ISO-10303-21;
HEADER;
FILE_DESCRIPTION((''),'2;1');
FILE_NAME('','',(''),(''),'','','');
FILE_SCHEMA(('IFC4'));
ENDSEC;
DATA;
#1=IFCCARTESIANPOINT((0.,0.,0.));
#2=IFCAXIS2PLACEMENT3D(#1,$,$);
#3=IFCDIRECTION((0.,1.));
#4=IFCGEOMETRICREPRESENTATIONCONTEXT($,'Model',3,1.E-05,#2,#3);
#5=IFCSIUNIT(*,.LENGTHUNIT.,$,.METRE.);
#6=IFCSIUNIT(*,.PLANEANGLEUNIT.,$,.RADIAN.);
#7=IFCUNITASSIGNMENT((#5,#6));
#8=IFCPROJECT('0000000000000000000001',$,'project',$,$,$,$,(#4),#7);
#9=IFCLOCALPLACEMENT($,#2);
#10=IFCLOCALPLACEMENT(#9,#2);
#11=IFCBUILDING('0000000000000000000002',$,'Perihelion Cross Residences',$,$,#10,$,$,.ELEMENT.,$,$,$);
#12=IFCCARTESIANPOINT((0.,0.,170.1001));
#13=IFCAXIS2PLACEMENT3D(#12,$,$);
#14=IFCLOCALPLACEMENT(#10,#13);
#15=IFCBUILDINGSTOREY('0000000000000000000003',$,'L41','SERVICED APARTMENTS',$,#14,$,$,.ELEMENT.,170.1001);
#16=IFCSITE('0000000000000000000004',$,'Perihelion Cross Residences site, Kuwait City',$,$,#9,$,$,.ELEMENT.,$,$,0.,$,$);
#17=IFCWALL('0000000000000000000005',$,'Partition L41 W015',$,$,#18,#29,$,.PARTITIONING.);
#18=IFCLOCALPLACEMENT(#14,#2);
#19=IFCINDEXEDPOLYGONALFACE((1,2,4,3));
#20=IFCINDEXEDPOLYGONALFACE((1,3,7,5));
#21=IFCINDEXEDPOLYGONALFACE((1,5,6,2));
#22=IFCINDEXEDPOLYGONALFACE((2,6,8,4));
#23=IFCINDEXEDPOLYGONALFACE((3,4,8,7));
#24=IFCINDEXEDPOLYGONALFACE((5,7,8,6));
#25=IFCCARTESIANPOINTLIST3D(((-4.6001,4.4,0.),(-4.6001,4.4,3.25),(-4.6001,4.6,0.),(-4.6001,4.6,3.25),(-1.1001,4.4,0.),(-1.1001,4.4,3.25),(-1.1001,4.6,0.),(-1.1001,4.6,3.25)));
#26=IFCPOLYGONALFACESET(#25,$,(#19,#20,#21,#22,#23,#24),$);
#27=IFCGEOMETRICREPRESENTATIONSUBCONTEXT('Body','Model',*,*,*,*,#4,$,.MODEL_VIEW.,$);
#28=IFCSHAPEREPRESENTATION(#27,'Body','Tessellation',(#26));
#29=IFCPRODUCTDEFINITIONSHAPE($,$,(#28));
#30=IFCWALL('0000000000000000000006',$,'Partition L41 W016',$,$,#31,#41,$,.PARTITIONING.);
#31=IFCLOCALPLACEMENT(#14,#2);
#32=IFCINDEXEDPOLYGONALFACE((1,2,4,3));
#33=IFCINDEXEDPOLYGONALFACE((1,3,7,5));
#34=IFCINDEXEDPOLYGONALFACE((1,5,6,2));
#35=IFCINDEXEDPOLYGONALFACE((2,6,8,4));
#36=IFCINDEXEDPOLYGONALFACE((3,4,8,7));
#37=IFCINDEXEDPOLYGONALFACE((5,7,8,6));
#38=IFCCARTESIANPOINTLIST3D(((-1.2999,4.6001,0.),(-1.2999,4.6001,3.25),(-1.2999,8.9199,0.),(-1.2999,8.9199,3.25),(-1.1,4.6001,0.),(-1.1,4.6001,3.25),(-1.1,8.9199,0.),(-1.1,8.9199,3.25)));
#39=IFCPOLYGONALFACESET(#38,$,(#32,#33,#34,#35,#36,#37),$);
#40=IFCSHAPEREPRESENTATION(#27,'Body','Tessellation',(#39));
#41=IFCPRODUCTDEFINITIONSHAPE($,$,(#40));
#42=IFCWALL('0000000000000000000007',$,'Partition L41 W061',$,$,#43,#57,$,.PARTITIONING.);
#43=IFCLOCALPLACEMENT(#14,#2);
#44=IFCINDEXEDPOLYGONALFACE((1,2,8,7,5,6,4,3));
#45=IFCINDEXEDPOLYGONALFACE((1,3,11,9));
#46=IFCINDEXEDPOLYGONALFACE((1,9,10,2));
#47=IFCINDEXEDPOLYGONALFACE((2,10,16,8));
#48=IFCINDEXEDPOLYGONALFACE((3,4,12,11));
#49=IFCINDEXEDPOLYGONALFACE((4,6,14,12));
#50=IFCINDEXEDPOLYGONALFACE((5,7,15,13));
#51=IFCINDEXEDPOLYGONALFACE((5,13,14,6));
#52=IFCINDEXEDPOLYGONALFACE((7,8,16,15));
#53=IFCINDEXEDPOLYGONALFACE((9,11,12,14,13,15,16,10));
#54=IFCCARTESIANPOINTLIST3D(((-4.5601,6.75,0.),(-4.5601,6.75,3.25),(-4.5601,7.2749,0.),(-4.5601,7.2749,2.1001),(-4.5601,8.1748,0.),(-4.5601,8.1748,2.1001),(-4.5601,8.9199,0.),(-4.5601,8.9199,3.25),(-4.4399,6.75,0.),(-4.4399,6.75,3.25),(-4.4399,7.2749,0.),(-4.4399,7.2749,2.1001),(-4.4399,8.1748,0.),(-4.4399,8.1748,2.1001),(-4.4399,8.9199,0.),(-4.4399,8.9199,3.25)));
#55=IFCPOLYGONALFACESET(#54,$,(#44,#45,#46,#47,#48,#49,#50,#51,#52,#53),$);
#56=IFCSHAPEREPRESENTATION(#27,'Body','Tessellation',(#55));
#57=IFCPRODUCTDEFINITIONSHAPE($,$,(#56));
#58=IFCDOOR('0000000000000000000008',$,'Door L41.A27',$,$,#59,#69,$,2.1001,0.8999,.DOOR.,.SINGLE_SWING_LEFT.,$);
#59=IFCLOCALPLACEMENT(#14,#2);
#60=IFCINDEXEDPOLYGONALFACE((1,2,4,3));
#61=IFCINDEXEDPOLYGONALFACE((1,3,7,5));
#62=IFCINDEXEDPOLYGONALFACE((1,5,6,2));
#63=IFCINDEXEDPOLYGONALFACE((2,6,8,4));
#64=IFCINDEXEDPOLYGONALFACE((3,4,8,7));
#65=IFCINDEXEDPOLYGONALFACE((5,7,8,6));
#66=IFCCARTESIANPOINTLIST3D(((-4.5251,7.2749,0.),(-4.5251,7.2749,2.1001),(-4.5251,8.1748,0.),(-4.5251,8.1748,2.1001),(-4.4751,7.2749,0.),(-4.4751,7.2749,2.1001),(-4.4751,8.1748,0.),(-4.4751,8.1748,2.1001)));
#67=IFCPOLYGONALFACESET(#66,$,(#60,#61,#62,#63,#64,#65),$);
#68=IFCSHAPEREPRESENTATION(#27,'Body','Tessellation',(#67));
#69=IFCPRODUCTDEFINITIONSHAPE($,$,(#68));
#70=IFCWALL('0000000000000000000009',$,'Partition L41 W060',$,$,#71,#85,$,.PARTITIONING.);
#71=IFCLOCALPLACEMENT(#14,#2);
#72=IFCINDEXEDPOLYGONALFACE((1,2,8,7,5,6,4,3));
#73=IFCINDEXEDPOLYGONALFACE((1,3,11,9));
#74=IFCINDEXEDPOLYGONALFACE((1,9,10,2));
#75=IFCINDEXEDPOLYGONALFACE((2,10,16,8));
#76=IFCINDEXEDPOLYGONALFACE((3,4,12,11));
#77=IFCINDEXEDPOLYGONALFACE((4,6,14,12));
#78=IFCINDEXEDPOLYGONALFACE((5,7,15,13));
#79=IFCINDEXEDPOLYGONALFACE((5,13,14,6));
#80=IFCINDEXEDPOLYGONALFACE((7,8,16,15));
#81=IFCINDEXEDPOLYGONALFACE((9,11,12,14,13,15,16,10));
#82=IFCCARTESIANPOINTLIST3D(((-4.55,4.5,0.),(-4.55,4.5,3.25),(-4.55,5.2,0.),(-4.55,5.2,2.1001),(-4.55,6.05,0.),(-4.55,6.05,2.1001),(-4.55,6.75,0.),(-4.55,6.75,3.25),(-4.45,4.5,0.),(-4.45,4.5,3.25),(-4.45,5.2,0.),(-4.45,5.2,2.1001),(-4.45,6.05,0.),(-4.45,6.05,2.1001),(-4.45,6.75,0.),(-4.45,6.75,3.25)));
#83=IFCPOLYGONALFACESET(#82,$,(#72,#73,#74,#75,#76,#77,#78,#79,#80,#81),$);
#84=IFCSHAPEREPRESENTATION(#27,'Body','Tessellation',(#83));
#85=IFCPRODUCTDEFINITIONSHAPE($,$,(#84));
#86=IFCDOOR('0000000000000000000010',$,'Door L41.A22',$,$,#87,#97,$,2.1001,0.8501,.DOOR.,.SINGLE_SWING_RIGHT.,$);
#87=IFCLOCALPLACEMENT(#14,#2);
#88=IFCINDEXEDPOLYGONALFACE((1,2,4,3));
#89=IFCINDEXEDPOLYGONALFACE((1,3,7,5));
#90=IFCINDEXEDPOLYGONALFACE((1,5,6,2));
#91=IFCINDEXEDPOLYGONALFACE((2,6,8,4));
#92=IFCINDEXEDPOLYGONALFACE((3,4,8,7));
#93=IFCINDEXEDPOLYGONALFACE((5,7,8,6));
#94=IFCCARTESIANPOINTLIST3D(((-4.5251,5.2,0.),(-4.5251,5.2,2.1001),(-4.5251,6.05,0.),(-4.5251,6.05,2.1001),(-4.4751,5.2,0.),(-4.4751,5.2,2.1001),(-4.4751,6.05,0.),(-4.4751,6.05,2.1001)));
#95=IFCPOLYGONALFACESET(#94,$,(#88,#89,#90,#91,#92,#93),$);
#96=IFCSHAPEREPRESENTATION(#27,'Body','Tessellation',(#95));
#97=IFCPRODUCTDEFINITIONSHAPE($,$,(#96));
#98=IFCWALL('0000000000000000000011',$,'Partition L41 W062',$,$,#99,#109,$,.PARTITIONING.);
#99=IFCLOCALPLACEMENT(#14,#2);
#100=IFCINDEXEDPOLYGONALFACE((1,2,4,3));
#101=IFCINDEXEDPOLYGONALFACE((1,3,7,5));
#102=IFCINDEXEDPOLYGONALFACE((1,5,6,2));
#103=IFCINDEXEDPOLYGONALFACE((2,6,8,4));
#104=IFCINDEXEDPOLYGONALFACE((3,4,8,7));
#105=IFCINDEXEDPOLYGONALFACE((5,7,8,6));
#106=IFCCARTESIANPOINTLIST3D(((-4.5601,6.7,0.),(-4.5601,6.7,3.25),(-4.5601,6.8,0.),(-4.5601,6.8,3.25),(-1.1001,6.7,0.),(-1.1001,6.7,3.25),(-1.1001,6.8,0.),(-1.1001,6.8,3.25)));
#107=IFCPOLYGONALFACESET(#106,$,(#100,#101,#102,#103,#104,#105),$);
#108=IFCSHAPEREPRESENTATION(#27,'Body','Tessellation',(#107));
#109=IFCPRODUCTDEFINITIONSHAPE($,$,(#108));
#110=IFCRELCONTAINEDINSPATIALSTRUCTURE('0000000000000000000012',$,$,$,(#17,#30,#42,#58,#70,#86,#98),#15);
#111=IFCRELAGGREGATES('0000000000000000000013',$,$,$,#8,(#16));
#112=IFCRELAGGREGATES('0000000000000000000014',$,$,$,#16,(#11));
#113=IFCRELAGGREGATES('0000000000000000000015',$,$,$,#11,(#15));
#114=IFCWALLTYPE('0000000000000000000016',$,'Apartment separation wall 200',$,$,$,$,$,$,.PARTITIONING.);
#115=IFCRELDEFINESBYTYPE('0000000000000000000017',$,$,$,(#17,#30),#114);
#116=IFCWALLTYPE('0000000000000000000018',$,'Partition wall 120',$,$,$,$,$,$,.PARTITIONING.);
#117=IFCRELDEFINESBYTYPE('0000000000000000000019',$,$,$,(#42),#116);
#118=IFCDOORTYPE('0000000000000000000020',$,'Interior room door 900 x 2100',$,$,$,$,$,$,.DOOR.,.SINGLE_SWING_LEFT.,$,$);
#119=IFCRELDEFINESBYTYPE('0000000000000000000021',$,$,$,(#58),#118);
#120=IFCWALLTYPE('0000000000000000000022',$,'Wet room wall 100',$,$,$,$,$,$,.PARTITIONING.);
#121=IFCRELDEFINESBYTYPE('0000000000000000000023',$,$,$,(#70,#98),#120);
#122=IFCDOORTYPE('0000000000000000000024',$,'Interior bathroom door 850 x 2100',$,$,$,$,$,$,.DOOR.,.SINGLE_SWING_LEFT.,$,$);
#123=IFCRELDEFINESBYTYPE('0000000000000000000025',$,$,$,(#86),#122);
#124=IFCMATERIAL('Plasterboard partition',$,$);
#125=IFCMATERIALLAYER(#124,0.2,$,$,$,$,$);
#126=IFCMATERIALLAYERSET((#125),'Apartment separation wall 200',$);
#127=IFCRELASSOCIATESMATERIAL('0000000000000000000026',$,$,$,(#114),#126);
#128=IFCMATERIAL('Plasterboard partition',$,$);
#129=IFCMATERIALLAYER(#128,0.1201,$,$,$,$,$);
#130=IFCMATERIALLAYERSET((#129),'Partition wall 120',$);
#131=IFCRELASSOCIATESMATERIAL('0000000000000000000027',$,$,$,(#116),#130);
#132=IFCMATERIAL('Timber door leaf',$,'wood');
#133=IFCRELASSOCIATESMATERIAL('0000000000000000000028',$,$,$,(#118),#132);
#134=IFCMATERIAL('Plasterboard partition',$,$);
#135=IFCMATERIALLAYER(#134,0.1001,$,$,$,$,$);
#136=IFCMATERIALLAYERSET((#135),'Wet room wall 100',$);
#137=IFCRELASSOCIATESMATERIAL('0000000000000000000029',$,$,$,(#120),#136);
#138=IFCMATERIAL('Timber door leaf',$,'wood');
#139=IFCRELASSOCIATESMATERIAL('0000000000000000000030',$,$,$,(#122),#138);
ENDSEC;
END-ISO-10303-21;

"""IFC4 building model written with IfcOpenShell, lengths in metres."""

from ifc_helpers import new_model, si_unit, direction, frame, frame_2d, origin, place, context, subcontext, project, spatial, rectangle, extrude, material, layer, layer_set, type_object, element, fill, save


model = new_model("IFC4")

# Units and contexts
model_context = context("Model", 3, precision=1e-05, world=origin(), true_north=direction((0.0, 1.0)))
body_context = subcontext(model_context, "Body", "Model", "MODEL_VIEW")
ifc_project = project(units=[si_unit("LENGTHUNIT", "METRE"), si_unit("PLANEANGLEUNIT", "RADIAN")], contexts=[model_context])

# Site, building, storey
site_placement = place(None, origin())
site = spatial("IfcSite", under=ifc_project, at=site_placement, Name="Perihelion Cross Residences site, Kuwait City", CompositionType="ELEMENT", RefElevation=0.0)
building_placement = place(site_placement, origin())
building = spatial("IfcBuilding", under=site, at=building_placement, Name="Perihelion Cross Residences", CompositionType="ELEMENT")
storey_placement = place(building_placement, frame((0.0, 0.0, 170.1001)))
storey = spatial("IfcBuildingStorey", under=building, at=storey_placement, Name="L41", Description="SERVICED APARTMENTS", CompositionType="ELEMENT", Elevation=170.1001)

# Walls
ifc_material_1 = material(Name="Plasterboard partition")
ifc_layer_1 = layer(ifc_material_1, 0.2)
ifc_layer_set_1 = layer_set([ifc_layer_1], Name="Apartment separation wall 200")
wall_type_1 = type_object("IfcWallType", Name="Apartment separation wall 200", PredefinedType="PARTITIONING", material=ifc_layer_set_1)
wall_1_placement = place(storey_placement, frame((-4.6001, 4.5, 0.0), z_axis=(0.0, 0.0, 1.0), x_axis=(1.0, 0.0, 0.0)))
element("IfcWall", 1, at=wall_1_placement, inside=storey, type_object=wall_type_1, Name="Partition L41 W015", PredefinedType="PARTITIONING", context=body_context, shape_type="SweptSolid", body=[
    extrude(rectangle(XDim=3.5, YDim=0.2, at=frame_2d((1.75, 0.0))), origin(), (0.0, 0.0, 1.0), 3.25),
])
wall_2_placement = place(storey_placement, frame((-1.2, 4.6001, 0.0), z_axis=(0.0, 0.0, 1.0), x_axis=(0.0, 1.0, 0.0)))
element("IfcWall", 2, at=wall_2_placement, inside=storey, type_object=wall_type_1, Name="Partition L41 W016", PredefinedType="PARTITIONING", context=body_context, shape_type="SweptSolid", body=[
    extrude(rectangle(XDim=4.3198, YDim=0.2, at=frame_2d((2.1599, 0.0))), origin(), (0.0, 0.0, 1.0), 3.25),
])

# Walls, openings, doors
ifc_material_2 = material(Name="Plasterboard partition")
ifc_layer_2 = layer(ifc_material_2, 0.1201)
ifc_layer_set_2 = layer_set([ifc_layer_2], Name="Partition wall 120")
wall_type_2 = type_object("IfcWallType", Name="Partition wall 120", PredefinedType="PARTITIONING", material=ifc_layer_set_2)
wall_3_placement = place(storey_placement, frame((-4.5, 8.9199, 0.0), z_axis=(0.0, 0.0, 1.0), x_axis=(0.0, -1.0, 0.0)))
wall_3 = element("IfcWall", 3, at=wall_3_placement, inside=storey, type_object=wall_type_2, Name="Partition L41 W061", PredefinedType="PARTITIONING", context=body_context, shape_type="SweptSolid", body=[
    extrude(rectangle(XDim=2.1699, YDim=0.1201, at=frame_2d((1.085, 0.0))), origin(), (0.0, 0.0, 1.0), 3.25),
])
opening_1_placement = place(wall_3_placement, frame((0.7451, 0.0, 0.0)))
opening_1 = element("IfcOpeningElement", 4, at=opening_1_placement, cuts=wall_3, PredefinedType="OPENING", context=body_context, shape_type="SweptSolid", body=[
    extrude(rectangle(XDim=0.8999, YDim=2.1001, at=frame_2d((0.45, 1.05))), frame((0.0, 0.0701, 0.0), z_axis=(0.0, -1.0, 0.0), x_axis=(1.0, 0.0, 0.0)), (0.0, 0.0, 1.0), 0.1401),
])
ifc_material_3 = material(Name="Timber door leaf", Category="wood")
door_type_1 = type_object("IfcDoorType", Name="Interior room door 900 x 2100", OperationType="SINGLE_SWING_LEFT", PredefinedType="DOOR", material=ifc_material_3)
door_1_placement = place(opening_1_placement, origin())
door_1 = element("IfcDoor", 5, at=door_1_placement, inside=storey, type_object=door_type_1, Name="Door L41.A27", OperationType="SINGLE_SWING_LEFT", OverallHeight=2.1001, OverallWidth=0.8999, PredefinedType="DOOR", context=body_context, shape_type="SweptSolid", body=[
    extrude(rectangle(XDim=0.8999, YDim=2.1001, at=frame_2d((0.45, 1.05))), frame((0.0, 0.0249, 0.0), z_axis=(0.0, -1.0, 0.0), x_axis=(1.0, 0.0, 0.0)), (0.0, 0.0, 1.0), 0.05),
])
fill(opening_1, door_1)
ifc_material_4 = material(Name="Plasterboard partition")
ifc_layer_3 = layer(ifc_material_4, 0.1001)
ifc_layer_set_3 = layer_set([ifc_layer_3], Name="Wet room wall 100")
wall_type_3 = type_object("IfcWallType", Name="Wet room wall 100", PredefinedType="PARTITIONING", material=ifc_layer_set_3)
wall_4_placement = place(storey_placement, frame((-4.5, 6.75, 0.0), z_axis=(0.0, 0.0, 1.0), x_axis=(0.0, -1.0, 0.0)))
wall_4 = element("IfcWall", 6, at=wall_4_placement, inside=storey, type_object=wall_type_3, Name="Partition L41 W060", PredefinedType="PARTITIONING", context=body_context, shape_type="SweptSolid", body=[
    extrude(rectangle(XDim=2.25, YDim=0.1001, at=frame_2d((1.125, 0.0))), origin(), (0.0, 0.0, 1.0), 3.25),
])
opening_2_placement = place(wall_4_placement, frame((0.7, 0.0, 0.0)))
opening_2 = element("IfcOpeningElement", 7, at=opening_2_placement, cuts=wall_4, PredefinedType="OPENING", context=body_context, shape_type="SweptSolid", body=[
    extrude(rectangle(XDim=0.8501, YDim=2.1001, at=frame_2d((0.425, 1.05))), frame((0.0, 0.0601, 0.0), z_axis=(0.0, -1.0, 0.0), x_axis=(1.0, 0.0, 0.0)), (0.0, 0.0, 1.0), 0.1201),
])
ifc_material_5 = material(Name="Timber door leaf", Category="wood")
door_type_2 = type_object("IfcDoorType", Name="Interior bathroom door 850 x 2100", OperationType="SINGLE_SWING_LEFT", PredefinedType="DOOR", material=ifc_material_5)
door_2_placement = place(opening_2_placement, origin())
door_2 = element("IfcDoor", 8, at=door_2_placement, inside=storey, type_object=door_type_2, Name="Door L41.A22", OperationType="SINGLE_SWING_RIGHT", OverallHeight=2.1001, OverallWidth=0.8501, PredefinedType="DOOR", context=body_context, shape_type="SweptSolid", body=[
    extrude(rectangle(XDim=0.8501, YDim=2.1001, at=frame_2d((0.425, 1.05))), frame((0.0, 0.0249, 0.0), z_axis=(0.0, -1.0, 0.0), x_axis=(1.0, 0.0, 0.0)), (0.0, 0.0, 1.0), 0.05),
])
fill(opening_2, door_2)

# Wall
wall_5_placement = place(storey_placement, frame((-4.5601, 6.75, 0.0), z_axis=(0.0, 0.0, 1.0), x_axis=(1.0, 0.0, 0.0)))
element("IfcWall", 9, at=wall_5_placement, inside=storey, type_object=wall_type_3, Name="Partition L41 W062", PredefinedType="PARTITIONING", context=body_context, shape_type="SweptSolid", body=[
    extrude(rectangle(XDim=3.46, YDim=0.1001, at=frame_2d((1.73, 0.0))), origin(), (0.0, 0.0, 1.0), 3.25),
])

save(model, "model.ifc")
